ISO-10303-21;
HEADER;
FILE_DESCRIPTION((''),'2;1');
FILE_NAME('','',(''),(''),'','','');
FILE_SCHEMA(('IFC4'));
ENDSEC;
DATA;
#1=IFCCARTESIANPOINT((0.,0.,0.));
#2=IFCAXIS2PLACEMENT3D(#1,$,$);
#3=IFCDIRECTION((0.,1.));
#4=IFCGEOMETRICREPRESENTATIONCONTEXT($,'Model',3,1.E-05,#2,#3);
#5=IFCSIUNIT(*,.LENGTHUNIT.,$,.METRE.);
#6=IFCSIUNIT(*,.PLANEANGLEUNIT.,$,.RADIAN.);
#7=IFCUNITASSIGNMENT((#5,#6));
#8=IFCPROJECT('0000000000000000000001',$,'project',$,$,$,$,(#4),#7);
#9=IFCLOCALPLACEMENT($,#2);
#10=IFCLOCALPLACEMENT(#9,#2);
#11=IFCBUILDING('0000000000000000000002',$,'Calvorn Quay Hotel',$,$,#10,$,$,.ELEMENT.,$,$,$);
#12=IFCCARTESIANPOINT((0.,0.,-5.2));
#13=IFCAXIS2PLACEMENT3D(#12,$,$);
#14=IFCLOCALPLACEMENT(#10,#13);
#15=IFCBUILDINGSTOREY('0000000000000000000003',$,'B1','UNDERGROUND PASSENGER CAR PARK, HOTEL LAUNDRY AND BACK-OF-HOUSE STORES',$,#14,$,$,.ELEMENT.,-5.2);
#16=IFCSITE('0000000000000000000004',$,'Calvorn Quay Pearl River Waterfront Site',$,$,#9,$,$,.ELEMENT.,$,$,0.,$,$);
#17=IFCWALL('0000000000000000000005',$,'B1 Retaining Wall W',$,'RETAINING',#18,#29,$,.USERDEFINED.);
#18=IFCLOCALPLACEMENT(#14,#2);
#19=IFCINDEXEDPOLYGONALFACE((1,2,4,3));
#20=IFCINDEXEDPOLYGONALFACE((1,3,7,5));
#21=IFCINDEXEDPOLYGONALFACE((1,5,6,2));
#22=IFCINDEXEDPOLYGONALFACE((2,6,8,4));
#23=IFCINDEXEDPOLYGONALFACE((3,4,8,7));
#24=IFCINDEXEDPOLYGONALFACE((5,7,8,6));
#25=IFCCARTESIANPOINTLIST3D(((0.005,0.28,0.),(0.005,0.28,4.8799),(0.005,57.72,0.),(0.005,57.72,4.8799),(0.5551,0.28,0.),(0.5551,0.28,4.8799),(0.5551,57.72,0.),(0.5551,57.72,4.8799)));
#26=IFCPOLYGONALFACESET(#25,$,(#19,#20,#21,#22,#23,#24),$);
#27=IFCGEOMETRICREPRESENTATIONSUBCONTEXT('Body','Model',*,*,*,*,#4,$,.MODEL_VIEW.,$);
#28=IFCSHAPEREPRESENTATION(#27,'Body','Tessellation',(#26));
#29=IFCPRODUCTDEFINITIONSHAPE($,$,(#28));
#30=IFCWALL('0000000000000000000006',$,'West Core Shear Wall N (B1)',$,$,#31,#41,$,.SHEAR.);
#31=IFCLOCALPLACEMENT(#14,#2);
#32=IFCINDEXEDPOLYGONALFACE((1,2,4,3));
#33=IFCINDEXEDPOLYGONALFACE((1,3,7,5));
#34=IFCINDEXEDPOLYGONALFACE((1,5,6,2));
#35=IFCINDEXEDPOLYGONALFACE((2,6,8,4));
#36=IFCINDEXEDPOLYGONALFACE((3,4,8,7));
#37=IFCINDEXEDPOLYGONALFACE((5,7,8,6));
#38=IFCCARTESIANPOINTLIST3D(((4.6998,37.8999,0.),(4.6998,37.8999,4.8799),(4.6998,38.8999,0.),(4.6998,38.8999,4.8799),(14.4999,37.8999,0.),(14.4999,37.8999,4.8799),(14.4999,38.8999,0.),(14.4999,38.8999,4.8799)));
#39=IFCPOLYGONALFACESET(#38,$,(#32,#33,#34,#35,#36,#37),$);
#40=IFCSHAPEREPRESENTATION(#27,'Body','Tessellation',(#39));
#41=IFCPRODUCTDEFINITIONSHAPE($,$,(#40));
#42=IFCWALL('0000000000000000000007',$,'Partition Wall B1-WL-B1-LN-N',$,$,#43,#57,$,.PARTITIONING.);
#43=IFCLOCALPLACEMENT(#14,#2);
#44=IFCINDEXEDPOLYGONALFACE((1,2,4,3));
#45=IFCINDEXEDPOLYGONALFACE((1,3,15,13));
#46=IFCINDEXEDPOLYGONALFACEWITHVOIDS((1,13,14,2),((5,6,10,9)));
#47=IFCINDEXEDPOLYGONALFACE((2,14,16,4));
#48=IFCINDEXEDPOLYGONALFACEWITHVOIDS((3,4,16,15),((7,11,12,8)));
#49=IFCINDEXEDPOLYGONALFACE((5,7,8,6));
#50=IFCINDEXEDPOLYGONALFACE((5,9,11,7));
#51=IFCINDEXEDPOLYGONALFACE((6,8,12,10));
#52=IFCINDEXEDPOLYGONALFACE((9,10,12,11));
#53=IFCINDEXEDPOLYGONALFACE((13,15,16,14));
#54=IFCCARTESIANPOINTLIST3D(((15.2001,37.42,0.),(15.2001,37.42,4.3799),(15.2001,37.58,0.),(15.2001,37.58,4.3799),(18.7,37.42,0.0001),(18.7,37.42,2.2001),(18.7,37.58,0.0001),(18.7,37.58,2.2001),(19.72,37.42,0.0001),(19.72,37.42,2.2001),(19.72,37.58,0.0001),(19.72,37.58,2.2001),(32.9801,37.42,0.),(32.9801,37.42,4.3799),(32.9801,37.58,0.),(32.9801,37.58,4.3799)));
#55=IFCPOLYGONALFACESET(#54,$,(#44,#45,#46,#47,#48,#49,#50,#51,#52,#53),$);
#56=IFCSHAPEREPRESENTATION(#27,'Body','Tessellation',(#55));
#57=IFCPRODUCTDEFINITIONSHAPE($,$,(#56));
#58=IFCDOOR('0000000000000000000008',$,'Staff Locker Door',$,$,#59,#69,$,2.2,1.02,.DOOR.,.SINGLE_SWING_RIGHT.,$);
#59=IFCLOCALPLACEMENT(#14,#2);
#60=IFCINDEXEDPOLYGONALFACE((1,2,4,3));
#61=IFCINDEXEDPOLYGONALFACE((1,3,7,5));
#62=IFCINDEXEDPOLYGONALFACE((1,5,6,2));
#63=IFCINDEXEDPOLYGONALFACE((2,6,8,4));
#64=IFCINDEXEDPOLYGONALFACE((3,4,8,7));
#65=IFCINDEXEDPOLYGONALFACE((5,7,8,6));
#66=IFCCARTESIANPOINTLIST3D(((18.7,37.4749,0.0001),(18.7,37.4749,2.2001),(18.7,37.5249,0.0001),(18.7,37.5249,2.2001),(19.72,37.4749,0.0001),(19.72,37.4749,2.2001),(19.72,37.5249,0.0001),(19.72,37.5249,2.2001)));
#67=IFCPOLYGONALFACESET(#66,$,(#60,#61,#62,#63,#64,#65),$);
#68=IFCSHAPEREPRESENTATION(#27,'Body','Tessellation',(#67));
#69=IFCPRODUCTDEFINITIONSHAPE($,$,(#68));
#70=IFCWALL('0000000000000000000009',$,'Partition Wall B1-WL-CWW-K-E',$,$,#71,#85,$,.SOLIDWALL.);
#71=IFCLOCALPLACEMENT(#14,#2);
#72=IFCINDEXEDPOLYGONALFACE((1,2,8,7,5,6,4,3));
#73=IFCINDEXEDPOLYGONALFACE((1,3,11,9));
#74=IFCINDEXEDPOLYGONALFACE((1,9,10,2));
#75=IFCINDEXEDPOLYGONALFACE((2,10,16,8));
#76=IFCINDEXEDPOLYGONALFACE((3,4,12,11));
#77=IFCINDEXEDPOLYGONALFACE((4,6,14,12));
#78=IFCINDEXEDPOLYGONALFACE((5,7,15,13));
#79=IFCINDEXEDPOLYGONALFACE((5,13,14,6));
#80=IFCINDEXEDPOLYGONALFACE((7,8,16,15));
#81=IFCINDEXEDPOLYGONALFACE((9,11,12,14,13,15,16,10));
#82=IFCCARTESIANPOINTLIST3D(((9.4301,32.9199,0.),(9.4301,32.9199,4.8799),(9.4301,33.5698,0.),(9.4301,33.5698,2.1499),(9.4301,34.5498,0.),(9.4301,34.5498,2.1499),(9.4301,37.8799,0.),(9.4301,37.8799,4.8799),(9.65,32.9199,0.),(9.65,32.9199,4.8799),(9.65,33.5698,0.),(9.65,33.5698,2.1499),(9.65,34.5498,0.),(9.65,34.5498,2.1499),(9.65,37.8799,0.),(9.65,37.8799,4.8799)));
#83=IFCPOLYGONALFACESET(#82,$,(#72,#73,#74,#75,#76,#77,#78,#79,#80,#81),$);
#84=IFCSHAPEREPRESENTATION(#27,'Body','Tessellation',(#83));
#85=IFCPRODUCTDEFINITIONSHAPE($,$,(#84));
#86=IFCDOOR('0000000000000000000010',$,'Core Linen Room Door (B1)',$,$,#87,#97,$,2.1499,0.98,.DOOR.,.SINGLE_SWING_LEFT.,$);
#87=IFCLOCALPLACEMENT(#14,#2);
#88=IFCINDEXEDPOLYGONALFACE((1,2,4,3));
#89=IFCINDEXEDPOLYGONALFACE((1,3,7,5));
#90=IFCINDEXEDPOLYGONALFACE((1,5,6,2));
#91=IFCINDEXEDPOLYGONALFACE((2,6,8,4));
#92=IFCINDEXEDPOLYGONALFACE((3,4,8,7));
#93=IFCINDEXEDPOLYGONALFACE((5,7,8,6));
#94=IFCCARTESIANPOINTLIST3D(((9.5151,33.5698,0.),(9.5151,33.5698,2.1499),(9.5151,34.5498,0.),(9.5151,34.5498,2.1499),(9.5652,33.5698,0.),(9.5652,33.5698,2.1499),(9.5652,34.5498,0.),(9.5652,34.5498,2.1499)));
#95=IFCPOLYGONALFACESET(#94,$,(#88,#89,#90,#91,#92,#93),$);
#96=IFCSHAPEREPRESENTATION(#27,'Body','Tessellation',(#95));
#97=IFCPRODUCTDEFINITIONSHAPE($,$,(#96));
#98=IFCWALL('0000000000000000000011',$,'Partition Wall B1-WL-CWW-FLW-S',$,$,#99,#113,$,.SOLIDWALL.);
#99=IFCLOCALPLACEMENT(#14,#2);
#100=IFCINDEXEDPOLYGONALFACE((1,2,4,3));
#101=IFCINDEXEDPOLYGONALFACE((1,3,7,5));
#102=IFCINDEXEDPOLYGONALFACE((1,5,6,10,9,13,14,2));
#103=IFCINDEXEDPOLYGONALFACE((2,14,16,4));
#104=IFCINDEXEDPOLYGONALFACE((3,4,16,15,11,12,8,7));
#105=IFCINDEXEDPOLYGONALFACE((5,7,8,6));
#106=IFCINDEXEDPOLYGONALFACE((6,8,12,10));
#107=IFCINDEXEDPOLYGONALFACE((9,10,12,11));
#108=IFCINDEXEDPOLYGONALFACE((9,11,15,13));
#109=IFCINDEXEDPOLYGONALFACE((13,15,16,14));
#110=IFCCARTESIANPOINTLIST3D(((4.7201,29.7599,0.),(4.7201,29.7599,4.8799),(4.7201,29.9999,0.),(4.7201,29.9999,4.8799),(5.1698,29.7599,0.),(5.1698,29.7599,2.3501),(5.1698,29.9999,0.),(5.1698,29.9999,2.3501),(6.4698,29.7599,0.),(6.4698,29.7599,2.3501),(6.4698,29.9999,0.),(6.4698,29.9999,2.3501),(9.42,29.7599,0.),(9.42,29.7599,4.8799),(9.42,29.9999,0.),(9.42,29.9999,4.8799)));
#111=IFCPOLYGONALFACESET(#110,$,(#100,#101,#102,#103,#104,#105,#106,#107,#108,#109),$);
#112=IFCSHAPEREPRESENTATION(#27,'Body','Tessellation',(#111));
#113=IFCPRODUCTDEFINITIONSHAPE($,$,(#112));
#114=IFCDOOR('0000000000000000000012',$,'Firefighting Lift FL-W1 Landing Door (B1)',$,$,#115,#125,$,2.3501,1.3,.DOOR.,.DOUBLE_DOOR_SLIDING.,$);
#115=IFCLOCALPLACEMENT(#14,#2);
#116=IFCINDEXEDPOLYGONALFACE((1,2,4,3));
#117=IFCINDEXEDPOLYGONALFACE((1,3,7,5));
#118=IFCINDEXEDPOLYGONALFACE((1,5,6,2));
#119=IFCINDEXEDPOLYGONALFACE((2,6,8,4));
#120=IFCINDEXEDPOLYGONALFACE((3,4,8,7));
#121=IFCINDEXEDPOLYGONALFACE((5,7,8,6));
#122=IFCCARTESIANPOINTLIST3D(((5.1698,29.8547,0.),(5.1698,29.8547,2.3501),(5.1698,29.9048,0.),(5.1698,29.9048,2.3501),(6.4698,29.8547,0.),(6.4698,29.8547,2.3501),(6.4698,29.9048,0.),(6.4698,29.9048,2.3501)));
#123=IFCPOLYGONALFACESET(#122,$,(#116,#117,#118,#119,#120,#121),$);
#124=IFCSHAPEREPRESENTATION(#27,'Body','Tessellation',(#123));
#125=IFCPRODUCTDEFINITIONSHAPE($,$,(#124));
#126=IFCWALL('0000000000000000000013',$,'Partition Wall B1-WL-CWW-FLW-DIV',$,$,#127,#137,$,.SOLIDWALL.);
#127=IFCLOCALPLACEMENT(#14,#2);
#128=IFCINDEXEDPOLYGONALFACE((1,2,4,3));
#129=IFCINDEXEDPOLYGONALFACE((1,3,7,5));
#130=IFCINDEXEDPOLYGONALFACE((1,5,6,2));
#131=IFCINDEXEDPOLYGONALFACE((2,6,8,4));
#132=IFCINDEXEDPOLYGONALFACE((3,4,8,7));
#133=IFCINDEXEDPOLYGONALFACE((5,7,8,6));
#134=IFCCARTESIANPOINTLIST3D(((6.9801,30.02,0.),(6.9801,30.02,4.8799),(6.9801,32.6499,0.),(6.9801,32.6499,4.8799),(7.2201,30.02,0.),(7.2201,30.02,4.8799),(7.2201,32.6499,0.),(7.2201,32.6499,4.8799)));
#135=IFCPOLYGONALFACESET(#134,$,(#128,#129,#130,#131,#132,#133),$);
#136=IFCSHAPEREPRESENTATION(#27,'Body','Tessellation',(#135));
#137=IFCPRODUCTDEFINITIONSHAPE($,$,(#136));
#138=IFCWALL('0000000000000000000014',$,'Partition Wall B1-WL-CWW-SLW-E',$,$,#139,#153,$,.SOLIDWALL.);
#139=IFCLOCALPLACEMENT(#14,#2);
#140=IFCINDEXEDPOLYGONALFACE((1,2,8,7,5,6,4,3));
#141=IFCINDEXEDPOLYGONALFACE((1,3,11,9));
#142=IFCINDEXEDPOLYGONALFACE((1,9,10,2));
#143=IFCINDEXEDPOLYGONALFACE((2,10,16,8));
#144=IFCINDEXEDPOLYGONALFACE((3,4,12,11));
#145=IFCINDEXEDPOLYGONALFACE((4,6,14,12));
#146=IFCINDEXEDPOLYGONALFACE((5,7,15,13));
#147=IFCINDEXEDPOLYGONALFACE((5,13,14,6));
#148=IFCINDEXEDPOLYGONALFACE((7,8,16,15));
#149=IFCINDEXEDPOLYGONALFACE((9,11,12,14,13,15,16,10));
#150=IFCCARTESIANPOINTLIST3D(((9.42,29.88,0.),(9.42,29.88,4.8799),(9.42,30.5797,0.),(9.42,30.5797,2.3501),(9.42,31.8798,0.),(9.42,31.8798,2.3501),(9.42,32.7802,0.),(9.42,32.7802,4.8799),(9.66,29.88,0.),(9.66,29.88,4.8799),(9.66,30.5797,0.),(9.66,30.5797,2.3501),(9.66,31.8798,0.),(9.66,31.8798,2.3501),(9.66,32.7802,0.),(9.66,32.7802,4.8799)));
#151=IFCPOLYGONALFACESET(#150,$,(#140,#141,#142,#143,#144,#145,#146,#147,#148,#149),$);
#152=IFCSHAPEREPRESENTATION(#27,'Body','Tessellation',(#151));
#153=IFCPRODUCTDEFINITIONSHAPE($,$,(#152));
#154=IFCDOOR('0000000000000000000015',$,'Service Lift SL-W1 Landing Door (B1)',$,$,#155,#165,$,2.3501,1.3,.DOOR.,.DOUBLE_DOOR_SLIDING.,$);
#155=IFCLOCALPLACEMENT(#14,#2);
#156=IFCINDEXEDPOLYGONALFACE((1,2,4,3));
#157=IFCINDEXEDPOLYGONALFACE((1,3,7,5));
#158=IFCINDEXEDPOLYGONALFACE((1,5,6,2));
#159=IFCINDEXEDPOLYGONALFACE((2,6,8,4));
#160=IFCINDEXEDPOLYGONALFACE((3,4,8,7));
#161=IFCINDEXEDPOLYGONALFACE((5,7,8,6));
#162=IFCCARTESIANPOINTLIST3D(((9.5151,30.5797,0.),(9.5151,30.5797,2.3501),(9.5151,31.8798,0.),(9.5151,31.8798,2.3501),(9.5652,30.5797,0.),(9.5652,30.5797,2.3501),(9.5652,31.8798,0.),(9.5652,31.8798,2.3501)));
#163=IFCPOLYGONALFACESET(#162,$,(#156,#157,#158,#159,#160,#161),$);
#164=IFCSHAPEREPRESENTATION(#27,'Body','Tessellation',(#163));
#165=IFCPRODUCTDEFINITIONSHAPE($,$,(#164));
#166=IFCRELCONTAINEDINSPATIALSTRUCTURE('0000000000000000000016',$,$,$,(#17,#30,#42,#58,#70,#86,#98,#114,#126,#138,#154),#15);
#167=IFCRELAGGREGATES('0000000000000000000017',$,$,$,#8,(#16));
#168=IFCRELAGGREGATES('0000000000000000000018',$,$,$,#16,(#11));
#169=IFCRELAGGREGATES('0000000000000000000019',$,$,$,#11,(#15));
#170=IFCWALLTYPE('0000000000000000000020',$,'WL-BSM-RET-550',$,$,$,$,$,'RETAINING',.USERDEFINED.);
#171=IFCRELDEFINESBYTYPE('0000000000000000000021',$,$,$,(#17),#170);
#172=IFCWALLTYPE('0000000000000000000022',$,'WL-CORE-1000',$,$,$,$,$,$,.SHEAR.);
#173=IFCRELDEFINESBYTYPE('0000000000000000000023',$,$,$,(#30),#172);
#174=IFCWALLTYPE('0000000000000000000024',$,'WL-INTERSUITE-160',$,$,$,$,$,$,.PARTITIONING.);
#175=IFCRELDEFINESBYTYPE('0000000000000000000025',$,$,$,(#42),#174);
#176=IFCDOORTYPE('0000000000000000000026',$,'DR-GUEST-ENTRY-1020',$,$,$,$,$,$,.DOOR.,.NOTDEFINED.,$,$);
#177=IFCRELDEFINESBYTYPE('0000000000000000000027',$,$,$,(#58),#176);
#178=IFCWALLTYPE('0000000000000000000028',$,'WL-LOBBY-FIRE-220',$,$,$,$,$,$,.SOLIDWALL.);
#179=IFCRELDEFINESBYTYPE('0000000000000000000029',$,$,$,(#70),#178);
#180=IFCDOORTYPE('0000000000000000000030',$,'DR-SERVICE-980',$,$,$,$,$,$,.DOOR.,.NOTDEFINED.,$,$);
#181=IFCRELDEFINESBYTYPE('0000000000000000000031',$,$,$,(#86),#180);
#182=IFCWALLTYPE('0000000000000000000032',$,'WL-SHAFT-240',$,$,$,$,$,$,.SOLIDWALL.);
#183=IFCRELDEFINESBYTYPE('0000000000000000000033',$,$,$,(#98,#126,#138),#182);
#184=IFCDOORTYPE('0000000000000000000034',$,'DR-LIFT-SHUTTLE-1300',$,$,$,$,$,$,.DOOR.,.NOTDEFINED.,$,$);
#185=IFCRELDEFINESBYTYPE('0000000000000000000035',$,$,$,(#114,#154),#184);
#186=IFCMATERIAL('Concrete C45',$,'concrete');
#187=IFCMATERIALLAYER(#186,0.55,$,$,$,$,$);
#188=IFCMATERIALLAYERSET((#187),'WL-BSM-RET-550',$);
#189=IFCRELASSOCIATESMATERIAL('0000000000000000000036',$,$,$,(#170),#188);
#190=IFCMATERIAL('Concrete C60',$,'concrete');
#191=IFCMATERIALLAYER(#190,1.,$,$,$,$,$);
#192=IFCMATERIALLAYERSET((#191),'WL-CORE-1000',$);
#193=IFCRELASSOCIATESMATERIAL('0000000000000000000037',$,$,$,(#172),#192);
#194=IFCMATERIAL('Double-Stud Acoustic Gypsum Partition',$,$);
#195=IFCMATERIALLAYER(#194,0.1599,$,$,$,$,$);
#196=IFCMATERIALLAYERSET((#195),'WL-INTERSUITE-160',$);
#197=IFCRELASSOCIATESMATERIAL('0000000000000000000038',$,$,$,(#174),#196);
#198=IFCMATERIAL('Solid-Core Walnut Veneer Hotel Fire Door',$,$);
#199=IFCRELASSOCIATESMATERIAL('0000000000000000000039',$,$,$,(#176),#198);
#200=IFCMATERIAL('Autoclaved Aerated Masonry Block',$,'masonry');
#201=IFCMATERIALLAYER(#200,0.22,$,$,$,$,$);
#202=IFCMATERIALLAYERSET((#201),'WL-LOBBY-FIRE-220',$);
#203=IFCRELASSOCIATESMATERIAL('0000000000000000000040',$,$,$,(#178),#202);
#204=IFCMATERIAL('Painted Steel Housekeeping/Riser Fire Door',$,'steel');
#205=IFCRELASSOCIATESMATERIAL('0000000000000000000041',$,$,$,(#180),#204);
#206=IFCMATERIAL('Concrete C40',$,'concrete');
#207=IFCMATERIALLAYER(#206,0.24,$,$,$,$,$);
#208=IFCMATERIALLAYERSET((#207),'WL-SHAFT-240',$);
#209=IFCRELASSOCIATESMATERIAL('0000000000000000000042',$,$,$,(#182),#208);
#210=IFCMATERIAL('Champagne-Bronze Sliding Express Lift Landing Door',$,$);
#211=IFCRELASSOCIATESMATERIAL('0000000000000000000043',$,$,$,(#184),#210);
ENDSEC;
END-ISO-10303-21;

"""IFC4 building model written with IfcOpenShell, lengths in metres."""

from ifc_helpers import new_model, si_unit, direction, frame, frame_2d, origin, place, context, subcontext, project, spatial, rectangle, extrude, material, layer, layer_set, type_object, element, fill, save


model = new_model("IFC4")

# Units and contexts
model_context = context("Model", 3, precision=1e-05, world=origin(), true_north=direction((0.0, 1.0)))
body_context = subcontext(model_context, "Body", "Model", "MODEL_VIEW")
ifc_project = project(units=[si_unit("LENGTHUNIT", "METRE"), si_unit("PLANEANGLEUNIT", "RADIAN")], contexts=[model_context])

# Site, building, storey
site_placement = place(None, origin())
site = spatial("IfcSite", under=ifc_project, at=site_placement, Name="Calvorn Quay Pearl River Waterfront Site", CompositionType="ELEMENT", RefElevation=0.0)
building_placement = place(site_placement, origin())
building = spatial("IfcBuilding", under=site, at=building_placement, Name="Calvorn Quay Hotel", CompositionType="ELEMENT")
storey_placement = place(building_placement, frame((0.0, 0.0, -5.2)))
storey = spatial("IfcBuildingStorey", under=building, at=storey_placement, Name="B1", Description="UNDERGROUND PASSENGER CAR PARK, HOTEL LAUNDRY AND BACK-OF-HOUSE STORES", CompositionType="ELEMENT", Elevation=-5.2)

# Walls
ifc_material_1 = material(Name="Concrete C45", Category="concrete")
ifc_layer_1 = layer(ifc_material_1, 0.55)
ifc_layer_set_1 = layer_set([ifc_layer_1], Name="WL-BSM-RET-550")
wall_type_1 = type_object("IfcWallType", Name="WL-BSM-RET-550", ElementType="RETAINING", PredefinedType="USERDEFINED", material=ifc_layer_set_1)
wall_1_placement = place(storey_placement, frame((0.28, 57.72, 0.0), z_axis=(0.0, 0.0, 1.0), x_axis=(0.0, -1.0, 0.0)))
element("IfcWall", 1, at=wall_1_placement, inside=storey, type_object=wall_type_1, Name="B1 Retaining Wall W", ObjectType="RETAINING", PredefinedType="USERDEFINED", context=body_context, shape_type="SweptSolid", body=[
    extrude(rectangle(XDim=57.4399, YDim=0.55, at=frame_2d((28.72, 0.0))), origin(), (0.0, 0.0, 1.0), 4.8799),
])
ifc_material_2 = material(Name="Concrete C60", Category="concrete")
ifc_layer_2 = layer(ifc_material_2, 1.0)
ifc_layer_set_2 = layer_set([ifc_layer_2], Name="WL-CORE-1000")
wall_type_2 = type_object("IfcWallType", Name="WL-CORE-1000", PredefinedType="SHEAR", material=ifc_layer_set_2)
wall_2_placement = place(storey_placement, frame((4.7, 38.3999, 0.0), z_axis=(0.0, 0.0, 1.0), x_axis=(1.0, 0.0, 0.0)))
element("IfcWall", 2, at=wall_2_placement, inside=storey, type_object=wall_type_2, Name="West Core Shear Wall N (B1)", PredefinedType="SHEAR", context=body_context, shape_type="SweptSolid", body=[
    extrude(rectangle(XDim=9.8, YDim=1.0, at=frame_2d((4.8999, 0.0))), origin(), (0.0, 0.0, 1.0), 4.8799),
])

# Walls, openings, doors
ifc_material_3 = material(Name="Double-Stud Acoustic Gypsum Partition")
ifc_layer_3 = layer(ifc_material_3, 0.1599)
ifc_layer_set_3 = layer_set([ifc_layer_3], Name="WL-INTERSUITE-160")
wall_type_3 = type_object("IfcWallType", Name="WL-INTERSUITE-160", PredefinedType="PARTITIONING", material=ifc_layer_set_3)
wall_3_placement = place(storey_placement, frame((15.2, 37.5, 0.0), z_axis=(0.0, 0.0, 1.0), x_axis=(1.0, 0.0, 0.0)))
wall_3 = element("IfcWall", 3, at=wall_3_placement, inside=storey, type_object=wall_type_3, Name="Partition Wall B1-WL-B1-LN-N", PredefinedType="PARTITIONING", context=body_context, shape_type="SweptSolid", body=[
    extrude(rectangle(XDim=17.78, YDim=0.1599, at=frame_2d((8.8901, 0.0))), origin(), (0.0, 0.0, 1.0), 4.3799),
])
opening_1_placement = place(wall_3_placement, frame((3.5, 0.0, 0.0)))
opening_1 = element("IfcOpeningElement", 4, at=opening_1_placement, cuts=wall_3, PredefinedType="OPENING", context=body_context, shape_type="SweptSolid", body=[
    extrude(rectangle(XDim=1.02, YDim=2.2, at=frame_2d((0.51, 1.1001))), frame((0.0, 0.0898, 0.0), z_axis=(0.0, -1.0, 0.0), x_axis=(1.0, 0.0, 0.0)), (0.0, 0.0, 1.0), 0.1799),
])
ifc_material_4 = material(Name="Solid-Core Walnut Veneer Hotel Fire Door")
door_type_1 = type_object("IfcDoorType", Name="DR-GUEST-ENTRY-1020", OperationType="NOTDEFINED", PredefinedType="DOOR", material=ifc_material_4)
door_1_placement = place(opening_1_placement, origin())
door_1 = element("IfcDoor", 5, at=door_1_placement, inside=storey, type_object=door_type_1, Name="Staff Locker Door", OperationType="SINGLE_SWING_RIGHT", OverallHeight=2.2, OverallWidth=1.02, PredefinedType="DOOR", context=body_context, shape_type="SweptSolid", body=[
    extrude(rectangle(XDim=1.02, YDim=2.2, at=frame_2d((0.51, 1.1001))), frame((0.0, 0.0249, 0.0), z_axis=(0.0, -1.0, 0.0), x_axis=(1.0, 0.0, 0.0)), (0.0, 0.0, 1.0), 0.05),
])
fill(opening_1, door_1)
ifc_material_5 = material(Name="Autoclaved Aerated Masonry Block", Category="masonry")
ifc_layer_4 = layer(ifc_material_5, 0.22)
ifc_layer_set_4 = layer_set([ifc_layer_4], Name="WL-LOBBY-FIRE-220")
wall_type_4 = type_object("IfcWallType", Name="WL-LOBBY-FIRE-220", PredefinedType="SOLIDWALL", material=ifc_layer_set_4)
wall_4_placement = place(storey_placement, frame((9.54, 32.9199, 0.0), z_axis=(0.0, 0.0, 1.0), x_axis=(0.0, 1.0, 0.0)))
wall_4 = element("IfcWall", 6, at=wall_4_placement, inside=storey, type_object=wall_type_4, Name="Partition Wall B1-WL-CWW-K-E", PredefinedType="SOLIDWALL", context=body_context, shape_type="SweptSolid", body=[
    extrude(rectangle(XDim=4.96, YDim=0.22, at=frame_2d((2.48, 0.0))), origin(), (0.0, 0.0, 1.0), 4.8799),
])
opening_2_placement = place(wall_4_placement, frame((0.6499, 0.0, 0.0)))
opening_2 = element("IfcOpeningElement", 7, at=opening_2_placement, cuts=wall_4, PredefinedType="OPENING", context=body_context, shape_type="SweptSolid", body=[
    extrude(rectangle(XDim=0.98, YDim=2.1499, at=frame_2d((0.49, 1.075))), frame((0.0, 0.1199, 0.0), z_axis=(0.0, -1.0, 0.0), x_axis=(1.0, 0.0, 0.0)), (0.0, 0.0, 1.0), 0.24),
])
ifc_material_6 = material(Name="Painted Steel Housekeeping/Riser Fire Door", Category="steel")
door_type_2 = type_object("IfcDoorType", Name="DR-SERVICE-980", OperationType="NOTDEFINED", PredefinedType="DOOR", material=ifc_material_6)
door_2_placement = place(opening_2_placement, origin())
door_2 = element("IfcDoor", 8, at=door_2_placement, inside=storey, type_object=door_type_2, Name="Core Linen Room Door (B1)", OperationType="SINGLE_SWING_LEFT", OverallHeight=2.1499, OverallWidth=0.98, PredefinedType="DOOR", context=body_context, shape_type="SweptSolid", body=[
    extrude(rectangle(XDim=0.98, YDim=2.1499, at=frame_2d((0.49, 1.075))), frame((0.0, 0.0249, 0.0), z_axis=(0.0, -1.0, 0.0), x_axis=(1.0, 0.0, 0.0)), (0.0, 0.0, 1.0), 0.05),
])
fill(opening_2, door_2)
ifc_material_7 = material(Name="Concrete C40", Category="concrete")
ifc_layer_5 = layer(ifc_material_7, 0.24)
ifc_layer_set_5 = layer_set([ifc_layer_5], Name="WL-SHAFT-240")
wall_type_5 = type_object("IfcWallType", Name="WL-SHAFT-240", PredefinedType="SOLIDWALL", material=ifc_layer_set_5)
wall_5_placement = place(storey_placement, frame((4.72, 29.8799, 0.0), z_axis=(0.0, 0.0, 1.0), x_axis=(1.0, 0.0, 0.0)))
wall_5 = element("IfcWall", 9, at=wall_5_placement, inside=storey, type_object=wall_type_5, Name="Partition Wall B1-WL-CWW-FLW-S", PredefinedType="SOLIDWALL", context=body_context, shape_type="SweptSolid", body=[
    extrude(rectangle(XDim=4.7, YDim=0.24, at=frame_2d((2.3501, 0.0))), origin(), (0.0, 0.0, 1.0), 4.8799),
])
opening_3_placement = place(wall_5_placement, frame((0.45, 0.0, 0.0)))
opening_3 = element("IfcOpeningElement", 10, at=opening_3_placement, cuts=wall_5, PredefinedType="OPENING", context=body_context, shape_type="SweptSolid", body=[
    extrude(rectangle(XDim=1.3, YDim=2.3501, at=frame_2d((0.6499, 1.175))), frame((0.0, 0.1299, 0.0), z_axis=(0.0, -1.0, 0.0), x_axis=(1.0, 0.0, 0.0)), (0.0, 0.0, 1.0), 0.26),
])
ifc_material_8 = material(Name="Champagne-Bronze Sliding Express Lift Landing Door")
door_type_3 = type_object("IfcDoorType", Name="DR-LIFT-SHUTTLE-1300", OperationType="NOTDEFINED", PredefinedType="DOOR", material=ifc_material_8)
door_3_placement = place(opening_3_placement, origin())
door_3 = element("IfcDoor", 11, at=door_3_placement, inside=storey, type_object=door_type_3, Name="Firefighting Lift FL-W1 Landing Door (B1)", OperationType="DOUBLE_DOOR_SLIDING", OverallHeight=2.3501, OverallWidth=1.3, PredefinedType="DOOR", context=body_context, shape_type="SweptSolid", body=[
    extrude(rectangle(XDim=1.3, YDim=2.3501, at=frame_2d((0.6499, 1.175))), frame((0.0, 0.0249, 0.0), z_axis=(0.0, -1.0, 0.0), x_axis=(1.0, 0.0, 0.0)), (0.0, 0.0, 1.0), 0.05),
])
fill(opening_3, door_3)

# Wall
wall_6_placement = place(storey_placement, frame((7.1001, 30.02, 0.0), z_axis=(0.0, 0.0, 1.0), x_axis=(0.0, 1.0, 0.0)))
element("IfcWall", 12, at=wall_6_placement, inside=storey, type_object=wall_type_5, Name="Partition Wall B1-WL-CWW-FLW-DIV", PredefinedType="SOLIDWALL", context=body_context, shape_type="SweptSolid", body=[
    extrude(rectangle(XDim=2.6299, YDim=0.24, at=frame_2d((1.3149, 0.0))), origin(), (0.0, 0.0, 1.0), 4.8799),
])

# Wall, opening, door
wall_7_placement = place(storey_placement, frame((9.54, 29.8799, 0.0), z_axis=(0.0, 0.0, 1.0), x_axis=(0.0, 1.0, 0.0)))
wall_7 = element("IfcWall", 13, at=wall_7_placement, inside=storey, type_object=wall_type_5, Name="Partition Wall B1-WL-CWW-SLW-E", PredefinedType="SOLIDWALL", context=body_context, shape_type="SweptSolid", body=[
    extrude(rectangle(XDim=2.9001, YDim=0.24, at=frame_2d((1.4502, 0.0))), origin(), (0.0, 0.0, 1.0), 4.8799),
])
opening_4_placement = place(wall_7_placement, frame((0.7, 0.0, 0.0)))
opening_4 = element("IfcOpeningElement", 14, at=opening_4_placement, cuts=wall_7, PredefinedType="OPENING", context=body_context, shape_type="SweptSolid", body=[
    extrude(rectangle(XDim=1.3, YDim=2.3501, at=frame_2d((0.6499, 1.175))), frame((0.0, 0.1299, 0.0), z_axis=(0.0, -1.0, 0.0), x_axis=(1.0, 0.0, 0.0)), (0.0, 0.0, 1.0), 0.26),
])
door_4_placement = place(opening_4_placement, origin())
door_4 = element("IfcDoor", 15, at=door_4_placement, inside=storey, type_object=door_type_3, Name="Service Lift SL-W1 Landing Door (B1)", OperationType="DOUBLE_DOOR_SLIDING", OverallHeight=2.3501, OverallWidth=1.3, PredefinedType="DOOR", context=body_context, shape_type="SweptSolid", body=[
    extrude(rectangle(XDim=1.3, YDim=2.3501, at=frame_2d((0.6499, 1.175))), frame((0.0, 0.0249, 0.0), z_axis=(0.0, -1.0, 0.0), x_axis=(1.0, 0.0, 0.0)), (0.0, 0.0, 1.0), 0.05),
])
fill(opening_4, door_4)

save(model, "model.ifc")
